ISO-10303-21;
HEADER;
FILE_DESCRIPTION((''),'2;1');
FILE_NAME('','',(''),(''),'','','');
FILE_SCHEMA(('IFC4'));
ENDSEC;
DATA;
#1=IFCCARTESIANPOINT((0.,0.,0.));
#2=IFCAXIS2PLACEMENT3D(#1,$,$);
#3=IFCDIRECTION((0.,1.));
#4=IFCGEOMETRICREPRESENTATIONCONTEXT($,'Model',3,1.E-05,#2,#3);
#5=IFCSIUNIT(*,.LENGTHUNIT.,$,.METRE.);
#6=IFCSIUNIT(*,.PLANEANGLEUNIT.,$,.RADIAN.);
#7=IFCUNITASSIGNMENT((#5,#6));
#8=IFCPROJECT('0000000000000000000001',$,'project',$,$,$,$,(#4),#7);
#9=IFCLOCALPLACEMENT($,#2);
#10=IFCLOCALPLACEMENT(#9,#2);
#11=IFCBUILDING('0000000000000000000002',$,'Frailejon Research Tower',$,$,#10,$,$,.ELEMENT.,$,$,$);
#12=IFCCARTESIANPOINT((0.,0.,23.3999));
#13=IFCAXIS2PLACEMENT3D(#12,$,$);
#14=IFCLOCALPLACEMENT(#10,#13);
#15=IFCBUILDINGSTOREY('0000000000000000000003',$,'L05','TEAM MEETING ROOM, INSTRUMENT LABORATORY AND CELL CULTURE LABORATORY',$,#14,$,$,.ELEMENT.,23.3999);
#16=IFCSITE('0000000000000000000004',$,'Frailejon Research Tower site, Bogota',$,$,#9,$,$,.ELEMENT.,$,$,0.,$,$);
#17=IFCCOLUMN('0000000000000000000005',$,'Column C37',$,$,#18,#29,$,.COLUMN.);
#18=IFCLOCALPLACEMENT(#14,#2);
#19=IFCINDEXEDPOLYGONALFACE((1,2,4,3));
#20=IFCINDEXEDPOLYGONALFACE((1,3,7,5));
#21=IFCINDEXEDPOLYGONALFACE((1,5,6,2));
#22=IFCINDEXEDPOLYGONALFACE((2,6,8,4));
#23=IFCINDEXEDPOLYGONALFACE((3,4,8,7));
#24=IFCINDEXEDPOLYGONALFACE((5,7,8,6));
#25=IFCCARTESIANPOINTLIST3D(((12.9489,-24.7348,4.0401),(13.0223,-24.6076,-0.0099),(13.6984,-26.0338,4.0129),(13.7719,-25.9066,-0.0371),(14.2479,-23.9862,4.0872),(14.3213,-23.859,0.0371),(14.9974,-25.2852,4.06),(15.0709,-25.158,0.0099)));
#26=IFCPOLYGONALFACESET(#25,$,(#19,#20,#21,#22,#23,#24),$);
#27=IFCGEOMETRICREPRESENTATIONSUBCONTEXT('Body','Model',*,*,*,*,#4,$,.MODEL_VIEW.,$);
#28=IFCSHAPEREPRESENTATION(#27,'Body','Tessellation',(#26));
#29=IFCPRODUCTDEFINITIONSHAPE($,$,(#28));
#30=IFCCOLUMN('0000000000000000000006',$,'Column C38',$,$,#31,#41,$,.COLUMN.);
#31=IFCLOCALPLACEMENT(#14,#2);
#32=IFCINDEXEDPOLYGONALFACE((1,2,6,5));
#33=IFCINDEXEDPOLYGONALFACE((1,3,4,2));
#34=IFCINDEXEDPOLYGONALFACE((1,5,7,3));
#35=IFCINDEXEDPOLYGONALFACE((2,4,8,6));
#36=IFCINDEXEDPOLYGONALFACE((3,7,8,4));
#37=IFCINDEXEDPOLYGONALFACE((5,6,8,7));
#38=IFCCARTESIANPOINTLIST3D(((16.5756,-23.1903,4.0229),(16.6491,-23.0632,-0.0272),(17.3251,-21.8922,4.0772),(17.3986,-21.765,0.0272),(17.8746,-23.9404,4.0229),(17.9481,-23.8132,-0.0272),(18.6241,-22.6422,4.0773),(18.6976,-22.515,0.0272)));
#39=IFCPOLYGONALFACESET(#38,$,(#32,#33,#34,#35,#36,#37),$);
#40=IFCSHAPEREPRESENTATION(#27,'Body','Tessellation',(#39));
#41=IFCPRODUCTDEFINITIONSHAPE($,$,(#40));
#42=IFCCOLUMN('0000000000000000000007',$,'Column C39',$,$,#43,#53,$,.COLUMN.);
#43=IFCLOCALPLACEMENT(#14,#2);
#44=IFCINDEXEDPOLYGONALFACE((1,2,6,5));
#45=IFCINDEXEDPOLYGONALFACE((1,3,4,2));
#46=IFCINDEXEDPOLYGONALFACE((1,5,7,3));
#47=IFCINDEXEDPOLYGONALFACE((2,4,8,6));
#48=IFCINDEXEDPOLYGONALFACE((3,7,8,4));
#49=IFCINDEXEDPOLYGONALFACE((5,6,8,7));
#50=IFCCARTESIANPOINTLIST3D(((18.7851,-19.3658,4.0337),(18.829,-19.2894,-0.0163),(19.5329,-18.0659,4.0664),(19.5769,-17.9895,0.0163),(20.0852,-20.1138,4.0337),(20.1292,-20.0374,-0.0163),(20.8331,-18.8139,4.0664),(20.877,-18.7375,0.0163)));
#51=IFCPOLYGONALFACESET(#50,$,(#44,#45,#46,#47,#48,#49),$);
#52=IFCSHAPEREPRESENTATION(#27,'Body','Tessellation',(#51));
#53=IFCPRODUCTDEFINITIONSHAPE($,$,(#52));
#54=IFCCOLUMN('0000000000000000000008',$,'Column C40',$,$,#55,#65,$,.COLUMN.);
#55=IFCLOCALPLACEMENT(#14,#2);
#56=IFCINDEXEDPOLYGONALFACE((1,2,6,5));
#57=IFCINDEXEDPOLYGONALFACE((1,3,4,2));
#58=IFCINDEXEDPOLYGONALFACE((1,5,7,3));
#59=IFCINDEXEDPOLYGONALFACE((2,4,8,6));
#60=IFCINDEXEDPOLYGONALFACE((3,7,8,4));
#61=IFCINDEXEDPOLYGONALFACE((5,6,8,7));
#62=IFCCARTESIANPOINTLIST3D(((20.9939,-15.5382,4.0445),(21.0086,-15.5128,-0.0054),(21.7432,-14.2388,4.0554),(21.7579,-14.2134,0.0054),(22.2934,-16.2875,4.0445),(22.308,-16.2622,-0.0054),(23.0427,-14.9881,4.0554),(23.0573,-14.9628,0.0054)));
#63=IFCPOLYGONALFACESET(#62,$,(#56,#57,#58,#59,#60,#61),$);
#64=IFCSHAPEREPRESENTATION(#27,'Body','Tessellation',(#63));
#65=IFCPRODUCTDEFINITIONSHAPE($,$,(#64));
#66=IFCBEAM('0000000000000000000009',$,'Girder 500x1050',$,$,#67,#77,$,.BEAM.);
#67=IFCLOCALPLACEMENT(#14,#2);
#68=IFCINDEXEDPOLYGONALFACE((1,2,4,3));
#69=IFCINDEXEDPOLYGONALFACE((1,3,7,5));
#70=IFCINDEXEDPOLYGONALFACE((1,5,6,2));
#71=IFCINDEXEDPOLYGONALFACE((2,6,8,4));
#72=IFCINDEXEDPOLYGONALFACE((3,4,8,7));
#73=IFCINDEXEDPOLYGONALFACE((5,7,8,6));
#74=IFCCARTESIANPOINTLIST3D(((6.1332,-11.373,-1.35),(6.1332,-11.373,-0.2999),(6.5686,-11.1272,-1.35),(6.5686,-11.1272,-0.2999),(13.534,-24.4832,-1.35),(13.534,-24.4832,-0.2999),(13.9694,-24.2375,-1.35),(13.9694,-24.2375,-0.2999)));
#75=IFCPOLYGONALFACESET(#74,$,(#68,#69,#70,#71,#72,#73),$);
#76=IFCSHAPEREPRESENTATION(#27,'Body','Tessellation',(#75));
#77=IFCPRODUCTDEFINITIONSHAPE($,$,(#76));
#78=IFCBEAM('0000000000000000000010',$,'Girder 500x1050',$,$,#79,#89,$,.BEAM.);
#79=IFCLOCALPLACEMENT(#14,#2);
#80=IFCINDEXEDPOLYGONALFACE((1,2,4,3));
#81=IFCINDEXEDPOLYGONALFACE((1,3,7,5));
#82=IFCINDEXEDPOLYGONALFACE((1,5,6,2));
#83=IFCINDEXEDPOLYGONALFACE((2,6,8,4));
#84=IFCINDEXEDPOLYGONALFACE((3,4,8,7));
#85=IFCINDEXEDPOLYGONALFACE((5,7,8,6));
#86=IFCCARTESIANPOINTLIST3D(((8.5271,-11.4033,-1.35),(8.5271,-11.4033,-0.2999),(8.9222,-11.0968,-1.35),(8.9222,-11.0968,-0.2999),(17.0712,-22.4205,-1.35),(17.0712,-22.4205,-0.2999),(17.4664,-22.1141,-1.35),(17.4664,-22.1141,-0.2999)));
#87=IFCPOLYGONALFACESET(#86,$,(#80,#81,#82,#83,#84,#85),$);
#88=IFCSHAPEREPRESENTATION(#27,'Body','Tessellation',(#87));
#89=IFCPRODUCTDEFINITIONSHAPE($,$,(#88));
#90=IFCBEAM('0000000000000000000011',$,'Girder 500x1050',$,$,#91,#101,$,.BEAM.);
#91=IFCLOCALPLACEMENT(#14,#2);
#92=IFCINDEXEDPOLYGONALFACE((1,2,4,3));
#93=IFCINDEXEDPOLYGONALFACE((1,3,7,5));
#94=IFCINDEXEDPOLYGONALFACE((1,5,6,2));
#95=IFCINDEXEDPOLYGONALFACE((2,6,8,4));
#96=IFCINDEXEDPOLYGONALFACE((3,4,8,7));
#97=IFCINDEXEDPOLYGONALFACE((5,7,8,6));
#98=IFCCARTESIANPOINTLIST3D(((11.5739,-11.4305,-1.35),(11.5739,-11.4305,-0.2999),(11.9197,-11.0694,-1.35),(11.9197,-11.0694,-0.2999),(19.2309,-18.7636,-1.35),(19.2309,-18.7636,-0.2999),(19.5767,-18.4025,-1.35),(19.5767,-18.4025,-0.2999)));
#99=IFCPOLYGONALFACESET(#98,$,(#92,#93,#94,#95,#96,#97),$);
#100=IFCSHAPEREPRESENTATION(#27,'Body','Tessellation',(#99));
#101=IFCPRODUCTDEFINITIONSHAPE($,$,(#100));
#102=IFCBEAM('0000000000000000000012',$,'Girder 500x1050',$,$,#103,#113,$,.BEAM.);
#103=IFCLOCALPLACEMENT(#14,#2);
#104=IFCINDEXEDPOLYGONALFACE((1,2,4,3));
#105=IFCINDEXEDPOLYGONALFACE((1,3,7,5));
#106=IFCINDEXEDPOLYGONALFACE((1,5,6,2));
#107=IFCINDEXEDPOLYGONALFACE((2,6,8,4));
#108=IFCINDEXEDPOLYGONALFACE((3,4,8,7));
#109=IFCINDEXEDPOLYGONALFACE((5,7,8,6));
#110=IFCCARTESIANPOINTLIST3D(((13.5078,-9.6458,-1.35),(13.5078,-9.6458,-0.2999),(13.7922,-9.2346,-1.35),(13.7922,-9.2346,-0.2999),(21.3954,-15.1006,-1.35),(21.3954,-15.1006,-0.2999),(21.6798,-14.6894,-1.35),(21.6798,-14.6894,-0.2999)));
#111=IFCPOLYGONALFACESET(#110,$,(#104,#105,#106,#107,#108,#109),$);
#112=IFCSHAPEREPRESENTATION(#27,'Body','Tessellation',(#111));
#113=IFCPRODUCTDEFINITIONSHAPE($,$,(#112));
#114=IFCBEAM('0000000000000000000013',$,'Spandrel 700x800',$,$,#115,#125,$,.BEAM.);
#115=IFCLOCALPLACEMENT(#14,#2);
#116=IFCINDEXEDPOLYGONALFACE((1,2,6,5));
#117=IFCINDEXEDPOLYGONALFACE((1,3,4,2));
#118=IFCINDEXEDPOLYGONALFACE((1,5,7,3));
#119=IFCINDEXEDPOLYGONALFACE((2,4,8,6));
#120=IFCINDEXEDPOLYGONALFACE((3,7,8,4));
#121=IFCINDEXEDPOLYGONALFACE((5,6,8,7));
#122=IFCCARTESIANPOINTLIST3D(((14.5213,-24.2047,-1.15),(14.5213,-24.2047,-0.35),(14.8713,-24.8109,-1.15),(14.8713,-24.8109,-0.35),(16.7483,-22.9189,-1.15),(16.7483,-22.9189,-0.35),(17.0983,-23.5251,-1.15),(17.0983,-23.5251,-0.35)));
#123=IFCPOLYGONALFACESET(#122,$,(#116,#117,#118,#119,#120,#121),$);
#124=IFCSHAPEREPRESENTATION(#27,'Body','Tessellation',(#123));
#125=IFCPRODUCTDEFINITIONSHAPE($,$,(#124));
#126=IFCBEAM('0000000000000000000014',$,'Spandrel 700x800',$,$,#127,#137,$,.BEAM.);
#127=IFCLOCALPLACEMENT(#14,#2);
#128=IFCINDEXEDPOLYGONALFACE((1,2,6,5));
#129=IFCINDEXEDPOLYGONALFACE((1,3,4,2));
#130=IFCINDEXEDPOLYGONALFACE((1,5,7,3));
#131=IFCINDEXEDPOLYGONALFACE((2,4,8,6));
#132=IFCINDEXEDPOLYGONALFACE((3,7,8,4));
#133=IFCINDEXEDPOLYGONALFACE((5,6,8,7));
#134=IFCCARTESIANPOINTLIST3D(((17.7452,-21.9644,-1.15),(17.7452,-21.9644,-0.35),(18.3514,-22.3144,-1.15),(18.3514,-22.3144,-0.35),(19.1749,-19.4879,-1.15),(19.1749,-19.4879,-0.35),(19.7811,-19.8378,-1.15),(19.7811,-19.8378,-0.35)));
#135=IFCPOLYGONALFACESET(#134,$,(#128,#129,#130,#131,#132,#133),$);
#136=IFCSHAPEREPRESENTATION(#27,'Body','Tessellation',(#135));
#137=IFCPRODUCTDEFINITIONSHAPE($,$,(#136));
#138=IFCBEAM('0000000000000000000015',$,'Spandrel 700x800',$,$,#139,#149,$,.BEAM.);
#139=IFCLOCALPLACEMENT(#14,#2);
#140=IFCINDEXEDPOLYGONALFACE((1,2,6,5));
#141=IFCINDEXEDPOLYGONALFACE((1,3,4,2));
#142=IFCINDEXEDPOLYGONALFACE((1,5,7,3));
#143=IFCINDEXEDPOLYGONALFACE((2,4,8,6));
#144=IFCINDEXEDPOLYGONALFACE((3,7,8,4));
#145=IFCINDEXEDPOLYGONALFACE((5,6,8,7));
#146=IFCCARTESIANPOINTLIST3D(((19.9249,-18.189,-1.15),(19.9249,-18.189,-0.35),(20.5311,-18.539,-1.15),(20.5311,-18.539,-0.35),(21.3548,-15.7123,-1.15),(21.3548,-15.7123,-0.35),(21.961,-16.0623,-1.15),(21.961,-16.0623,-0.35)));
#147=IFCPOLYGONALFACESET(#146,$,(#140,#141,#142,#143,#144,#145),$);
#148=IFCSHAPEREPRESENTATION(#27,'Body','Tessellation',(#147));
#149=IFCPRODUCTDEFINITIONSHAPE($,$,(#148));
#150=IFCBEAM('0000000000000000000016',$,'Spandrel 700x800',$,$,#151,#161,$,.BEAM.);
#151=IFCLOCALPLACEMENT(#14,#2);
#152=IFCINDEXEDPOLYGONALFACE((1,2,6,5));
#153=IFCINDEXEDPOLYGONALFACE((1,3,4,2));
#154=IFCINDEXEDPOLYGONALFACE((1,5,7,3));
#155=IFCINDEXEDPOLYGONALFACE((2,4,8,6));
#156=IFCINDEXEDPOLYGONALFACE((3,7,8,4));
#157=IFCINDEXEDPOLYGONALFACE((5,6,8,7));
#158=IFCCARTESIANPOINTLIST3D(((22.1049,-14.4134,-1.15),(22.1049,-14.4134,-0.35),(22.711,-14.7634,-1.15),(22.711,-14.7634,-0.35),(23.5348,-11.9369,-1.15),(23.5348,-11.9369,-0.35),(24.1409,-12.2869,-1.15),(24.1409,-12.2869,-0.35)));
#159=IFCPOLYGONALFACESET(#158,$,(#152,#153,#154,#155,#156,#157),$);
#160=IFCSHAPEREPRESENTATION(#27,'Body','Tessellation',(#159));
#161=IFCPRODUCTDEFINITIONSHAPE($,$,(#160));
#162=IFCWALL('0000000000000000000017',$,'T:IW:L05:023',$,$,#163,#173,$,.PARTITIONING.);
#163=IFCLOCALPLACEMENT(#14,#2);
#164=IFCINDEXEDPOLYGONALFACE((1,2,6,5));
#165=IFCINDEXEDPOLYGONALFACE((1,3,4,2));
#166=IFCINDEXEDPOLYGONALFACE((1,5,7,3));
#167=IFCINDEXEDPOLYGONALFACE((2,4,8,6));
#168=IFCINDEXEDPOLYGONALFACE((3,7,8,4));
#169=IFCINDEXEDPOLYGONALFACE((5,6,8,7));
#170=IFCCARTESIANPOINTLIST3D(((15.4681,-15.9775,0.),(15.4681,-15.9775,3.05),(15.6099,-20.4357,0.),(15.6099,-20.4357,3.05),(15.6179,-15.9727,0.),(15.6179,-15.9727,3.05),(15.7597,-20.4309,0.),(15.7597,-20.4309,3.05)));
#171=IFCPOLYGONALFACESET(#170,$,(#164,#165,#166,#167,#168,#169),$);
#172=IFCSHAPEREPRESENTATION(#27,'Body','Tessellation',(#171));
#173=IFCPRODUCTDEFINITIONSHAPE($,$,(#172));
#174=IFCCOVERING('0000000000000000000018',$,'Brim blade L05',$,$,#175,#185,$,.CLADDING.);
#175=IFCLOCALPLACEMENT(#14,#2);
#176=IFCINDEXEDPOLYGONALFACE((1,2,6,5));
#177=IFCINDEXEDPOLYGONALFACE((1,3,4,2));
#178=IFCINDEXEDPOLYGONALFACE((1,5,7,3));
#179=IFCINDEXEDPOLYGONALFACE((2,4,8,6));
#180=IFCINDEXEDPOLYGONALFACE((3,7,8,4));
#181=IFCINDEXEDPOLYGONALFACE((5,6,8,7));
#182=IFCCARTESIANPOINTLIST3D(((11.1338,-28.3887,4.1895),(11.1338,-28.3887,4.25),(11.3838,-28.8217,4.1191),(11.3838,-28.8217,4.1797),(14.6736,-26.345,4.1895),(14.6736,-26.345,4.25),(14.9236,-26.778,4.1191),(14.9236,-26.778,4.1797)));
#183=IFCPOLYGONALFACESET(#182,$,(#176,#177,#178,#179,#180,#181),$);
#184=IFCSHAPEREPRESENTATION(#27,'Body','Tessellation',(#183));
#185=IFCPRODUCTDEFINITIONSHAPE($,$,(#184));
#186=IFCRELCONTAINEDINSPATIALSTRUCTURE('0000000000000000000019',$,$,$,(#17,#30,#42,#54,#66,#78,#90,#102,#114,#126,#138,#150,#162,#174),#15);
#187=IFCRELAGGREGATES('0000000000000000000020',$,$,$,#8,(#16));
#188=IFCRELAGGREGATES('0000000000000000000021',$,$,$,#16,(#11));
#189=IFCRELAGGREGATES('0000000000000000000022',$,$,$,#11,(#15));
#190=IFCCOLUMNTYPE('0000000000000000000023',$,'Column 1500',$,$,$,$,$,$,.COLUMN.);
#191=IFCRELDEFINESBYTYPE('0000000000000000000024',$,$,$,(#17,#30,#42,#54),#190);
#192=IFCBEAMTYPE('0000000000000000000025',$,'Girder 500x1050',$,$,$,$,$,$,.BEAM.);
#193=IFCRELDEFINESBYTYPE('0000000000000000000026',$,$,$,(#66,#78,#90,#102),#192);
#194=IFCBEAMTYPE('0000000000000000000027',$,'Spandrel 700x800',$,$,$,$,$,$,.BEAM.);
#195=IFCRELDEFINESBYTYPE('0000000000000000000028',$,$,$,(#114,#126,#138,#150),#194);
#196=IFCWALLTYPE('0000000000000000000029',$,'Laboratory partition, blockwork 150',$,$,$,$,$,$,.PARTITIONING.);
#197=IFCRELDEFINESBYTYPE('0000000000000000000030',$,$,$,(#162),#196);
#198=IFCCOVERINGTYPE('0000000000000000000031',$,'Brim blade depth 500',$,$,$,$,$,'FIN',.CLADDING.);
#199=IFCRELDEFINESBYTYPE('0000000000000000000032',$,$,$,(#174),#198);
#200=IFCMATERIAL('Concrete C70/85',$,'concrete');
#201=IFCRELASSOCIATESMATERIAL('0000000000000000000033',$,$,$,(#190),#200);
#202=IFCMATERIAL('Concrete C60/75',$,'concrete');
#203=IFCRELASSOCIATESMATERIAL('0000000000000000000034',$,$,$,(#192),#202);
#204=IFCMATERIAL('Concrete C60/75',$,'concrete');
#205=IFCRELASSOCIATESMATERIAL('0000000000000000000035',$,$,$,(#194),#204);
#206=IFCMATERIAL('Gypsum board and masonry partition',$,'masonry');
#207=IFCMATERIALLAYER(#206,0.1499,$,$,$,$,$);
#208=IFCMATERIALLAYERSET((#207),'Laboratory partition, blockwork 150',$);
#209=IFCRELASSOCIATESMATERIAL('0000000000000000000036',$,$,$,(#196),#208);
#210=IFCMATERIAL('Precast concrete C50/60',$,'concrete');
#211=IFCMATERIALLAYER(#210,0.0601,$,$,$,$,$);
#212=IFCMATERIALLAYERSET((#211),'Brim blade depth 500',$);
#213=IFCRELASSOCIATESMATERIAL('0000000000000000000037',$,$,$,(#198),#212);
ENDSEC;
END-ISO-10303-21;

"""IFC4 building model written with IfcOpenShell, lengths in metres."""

from ifc_helpers import new_model, si_unit, direction, frame, frame_2d, origin, origin_2d, place, context, subcontext, project, spatial, polyline, rectangle, outline, extrude, material, layer, layer_set, material_profile, profile_set, type_object, element, save


model = new_model("IFC4")

# Units and contexts
model_context = context("Model", 3, precision=1e-05, world=origin(), true_north=direction((0.0, 1.0)))
body_context = subcontext(model_context, "Body", "Model", "MODEL_VIEW")
ifc_project = project(units=[si_unit("LENGTHUNIT", "METRE"), si_unit("PLANEANGLEUNIT", "RADIAN")], contexts=[model_context])

# Site, building, storey
site_placement = place(None, origin())
site = spatial("IfcSite", under=ifc_project, at=site_placement, Name="Frailejon Research Tower site, Bogota", CompositionType="ELEMENT", RefElevation=0.0)
building_placement = place(site_placement, origin())
building = spatial("IfcBuilding", under=site, at=building_placement, Name="Frailejon Research Tower", CompositionType="ELEMENT")
storey_placement = place(building_placement, frame((0.0, 0.0, 23.3999)))
storey = spatial("IfcBuildingStorey", under=building, at=storey_placement, Name="L05", Description="TEAM MEETING ROOM, INSTRUMENT LABORATORY AND CELL CULTURE LABORATORY", CompositionType="ELEMENT", Elevation=23.3999)

# Columns
ifc_material_1 = material(Name="Concrete C70/85", Category="concrete")
ifc_material_profile_1 = material_profile(ifc_material_1, rectangle(XDim=1.5, YDim=1.5, at=origin_2d()), Name="Column 1500")
ifc_profile_set_1 = profile_set([ifc_material_profile_1], Name="Concrete C70/85")
column_type = type_object("IfcColumnType", Name="Column 1500", PredefinedType="COLUMN", material=ifc_profile_set_1)
for number, where, z_axis, x_axis, name in (
    (1, (14.0466, -24.8828, 0.0), (-0.018133, -0.031386, 0.999343), (0.865999, 0.499059, 0.031387), "Column C37"),
    (2, (17.6733, -22.7891, 0.0), (-0.018133, -0.031386, 0.999343), (0.499675, 0.865454, 0.036247), "Column C38"),
):
    element("IfcColumn", number, at=place(storey_placement, frame(where, z_axis=z_axis, x_axis=x_axis)), inside=storey, type_object=column_type, Name=name, PredefinedType="COLUMN", context=body_context, shape_type="SweptSolid", body=[
        extrude(rectangle(XDim=1.5, YDim=1.5, at=origin_2d()), origin(), (0.0, 0.0, 1.0), 4.0527),
    ])
column_1_placement = place(storey_placement, frame((19.853, -19.0134, 0.0), z_axis=(-0.010848, -0.018863, 0.999763), x_axis=(0.498562, 0.866581, 0.02176)))
element("IfcColumn", 3, at=column_1_placement, inside=storey, type_object=column_type, Name="Column C39", PredefinedType="COLUMN", context=body_context, shape_type="SweptSolid", body=[
    extrude(rectangle(XDim=1.5, YDim=1.5, at=origin_2d()), origin(), (0.0, 0.0, 1.0), 4.051),
])
column_2_placement = place(storey_placement, frame((22.033, -15.2378, 0.0), z_axis=(-0.003617, -0.006269, 0.999974), x_axis=(0.499536, 0.866263, 0.007238)))
element("IfcColumn", 4, at=column_2_placement, inside=storey, type_object=column_type, Name="Column C40", PredefinedType="COLUMN", context=body_context, shape_type="SweptSolid", body=[
    extrude(rectangle(XDim=1.5, YDim=1.5, at=origin_2d()), origin(), (0.0, 0.0, 1.0), 4.05),
])

# Beams
ifc_material_2 = material(Name="Concrete C60/75", Category="concrete")
ifc_material_profile_2 = material_profile(ifc_material_2, rectangle(XDim=0.5, YDim=1.05, at=origin_2d()), Name="Girder 500x1050")
ifc_profile_set_2 = profile_set([ifc_material_profile_2], Name="Concrete C60/75")
beam_type_1 = type_object("IfcBeamType", Name="Girder 500x1050", PredefinedType="BEAM", material=ifc_profile_set_2)
beam_1_placement = place(storey_placement, frame((13.7517, -24.3604, -0.825), z_axis=(-0.491588, 0.870828, 0.0), x_axis=(-0.870828, -0.491588, 0.0)))
element("IfcBeam", 5, at=beam_1_placement, inside=storey, type_object=beam_type_1, Name="Girder 500x1050", PredefinedType="BEAM", context=body_context, shape_type="SweptSolid", body=[
    extrude(rectangle(XDim=0.5, YDim=1.05, at=origin_2d()), origin(), (0.0, 0.0, 1.0), 15.0549),
])
beam_2_placement = place(storey_placement, frame((17.2688, -22.2673, -0.825), z_axis=(-0.61283, 0.790215, 0.0), x_axis=(-0.790215, -0.61283, 0.0)))
element("IfcBeam", 6, at=beam_2_placement, inside=storey, type_object=beam_type_1, Name="Girder 500x1050", PredefinedType="BEAM", context=body_context, shape_type="SweptSolid", body=[
    extrude(rectangle(XDim=0.5, YDim=1.05, at=origin_2d()), origin(), (0.0, 0.0, 1.0), 13.9421),
])
beam_3_placement = place(storey_placement, frame((19.4038, -18.583, -0.825), z_axis=(-0.722221, 0.691663, 0.0), x_axis=(-0.691663, -0.722221, 0.0)))
element("IfcBeam", 7, at=beam_3_placement, inside=storey, type_object=beam_type_1, Name="Girder 500x1050", PredefinedType="BEAM", context=body_context, shape_type="SweptSolid", body=[
    extrude(rectangle(XDim=0.5, YDim=1.05, at=origin_2d()), origin(), (0.0, 0.0, 1.0), 10.6021),
])
beam_4_placement = place(storey_placement, frame((21.5376, -14.895, -0.825), z_axis=(-0.822479, 0.568796, 0.0), x_axis=(-0.568796, -0.822479, 0.0)))
element("IfcBeam", 8, at=beam_4_placement, inside=storey, type_object=beam_type_1, Name="Girder 500x1050", PredefinedType="BEAM", context=body_context, shape_type="SweptSolid", body=[
    extrude(rectangle(XDim=0.5, YDim=1.05, at=origin_2d()), origin(), (0.0, 0.0, 1.0), 9.5901),
])
ifc_material_3 = material(Name="Concrete C60/75", Category="concrete")
ifc_material_profile_3 = material_profile(ifc_material_3, rectangle(XDim=0.7, YDim=0.8, at=origin_2d()), Name="Spandrel 700x800")
ifc_profile_set_3 = profile_set([ifc_material_profile_3], Name="Concrete C60/75")
beam_type_2 = type_object("IfcBeamType", Name="Spandrel 700x800", PredefinedType="BEAM", material=ifc_profile_set_3)
beam_5_placement = place(storey_placement, frame((14.6963, -24.5078, -0.75), z_axis=(0.866009, 0.500029, 0.0), x_axis=(-0.500029, 0.866009, 0.0)))
element("IfcBeam", 9, at=beam_5_placement, inside=storey, type_object=beam_type_2, Name="Spandrel 700x800", PredefinedType="BEAM", context=body_context, shape_type="SweptSolid", body=[
    extrude(rectangle(XDim=0.7, YDim=0.8, at=origin_2d()), origin(), (0.0, 0.0, 1.0), 2.5715),
])
beam_6_placement = place(storey_placement, frame((18.0483, -22.1394, -0.75), z_axis=(0.499959, 0.866049, 0.0), x_axis=(-0.866049, 0.499959, 0.0)))
element("IfcBeam", 10, at=beam_6_placement, inside=storey, type_object=beam_type_2, Name="Spandrel 700x800", PredefinedType="BEAM", context=body_context, shape_type="SweptSolid", body=[
    extrude(rectangle(XDim=0.7, YDim=0.8, at=origin_2d()), origin(), (0.0, 0.0, 1.0), 2.8596),
])
beam_7_placement = place(storey_placement, frame((20.228, -18.364, -0.75), z_axis=(0.499986, 0.866033, 0.0), x_axis=(-0.866033, 0.499986, 0.0)))
element("IfcBeam", 11, at=beam_7_placement, inside=storey, type_object=beam_type_2, Name="Spandrel 700x800", PredefinedType="BEAM", context=body_context, shape_type="SweptSolid", body=[
    extrude(rectangle(XDim=0.7, YDim=0.8, at=origin_2d()), origin(), (0.0, 0.0, 1.0), 2.8599),
])
beam_8_placement = place(storey_placement, frame((22.408, -14.5884, -0.75), z_axis=(0.500023, 0.866012, 0.0), x_axis=(-0.866012, 0.500023, 0.0)))
element("IfcBeam", 12, at=beam_8_placement, inside=storey, type_object=beam_type_2, Name="Spandrel 700x800", PredefinedType="BEAM", context=body_context, shape_type="SweptSolid", body=[
    extrude(rectangle(XDim=0.7, YDim=0.8, at=origin_2d()), origin(), (0.0, 0.0, 1.0), 2.8596),
])

# Wall
ifc_material_4 = material(Name="Gypsum board and masonry partition", Category="masonry")
ifc_layer_1 = layer(ifc_material_4, 0.1499)
ifc_layer_set_1 = layer_set([ifc_layer_1], Name="Laboratory partition, blockwork 150")
wall_type_1 = type_object("IfcWallType", Name="Laboratory partition, blockwork 150", PredefinedType="PARTITIONING", material=ifc_layer_set_1)
wall_1_placement = place(storey_placement, frame((15.543, -15.9751, 0.0), z_axis=(0.0, 0.0, 1.0), x_axis=(0.0318, -0.999494, 0.0)))
element("IfcWall", 13, at=wall_1_placement, inside=storey, type_object=wall_type_1, Name="T:IW:L05:023", PredefinedType="PARTITIONING", context=body_context, shape_type="SweptSolid", body=[
    extrude(rectangle(XDim=4.4604, YDim=0.1499, at=frame_2d((2.2302, 0.0))), origin(), (0.0, 0.0, 1.0), 3.05),
])

# Covering
ifc_material_5 = material(Name="Precast concrete C50/60", Category="concrete")
ifc_layer_2 = layer(ifc_material_5, 0.0601)
ifc_layer_set_2 = layer_set([ifc_layer_2], Name="Brim blade depth 500")
covering_type_1 = type_object("IfcCoveringType", Name="Brim blade depth 500", ElementType="FIN", PredefinedType="CLADDING", material=ifc_layer_set_2)
covering_1_placement = place(storey_placement, frame((14.6736, -26.345, 4.25), z_axis=(-0.866021, -0.500007, 0.0), x_axis=(0.500007, -0.866021, 0.0)))
element("IfcCovering", 14, at=covering_1_placement, inside=storey, type_object=covering_type_1, Name="Brim blade L05", PredefinedType="CLADDING", context=body_context, shape_type="SweptSolid", body=[
    extrude(outline(polyline([(0.0, -0.0605), (0.5, -0.1309), (0.5, -0.0703), (0.0, 0.0), (0.0, -0.0605)])), origin(), (0.0, 0.0, 1.0), 4.0874),
])

save(model, "model.ifc")
